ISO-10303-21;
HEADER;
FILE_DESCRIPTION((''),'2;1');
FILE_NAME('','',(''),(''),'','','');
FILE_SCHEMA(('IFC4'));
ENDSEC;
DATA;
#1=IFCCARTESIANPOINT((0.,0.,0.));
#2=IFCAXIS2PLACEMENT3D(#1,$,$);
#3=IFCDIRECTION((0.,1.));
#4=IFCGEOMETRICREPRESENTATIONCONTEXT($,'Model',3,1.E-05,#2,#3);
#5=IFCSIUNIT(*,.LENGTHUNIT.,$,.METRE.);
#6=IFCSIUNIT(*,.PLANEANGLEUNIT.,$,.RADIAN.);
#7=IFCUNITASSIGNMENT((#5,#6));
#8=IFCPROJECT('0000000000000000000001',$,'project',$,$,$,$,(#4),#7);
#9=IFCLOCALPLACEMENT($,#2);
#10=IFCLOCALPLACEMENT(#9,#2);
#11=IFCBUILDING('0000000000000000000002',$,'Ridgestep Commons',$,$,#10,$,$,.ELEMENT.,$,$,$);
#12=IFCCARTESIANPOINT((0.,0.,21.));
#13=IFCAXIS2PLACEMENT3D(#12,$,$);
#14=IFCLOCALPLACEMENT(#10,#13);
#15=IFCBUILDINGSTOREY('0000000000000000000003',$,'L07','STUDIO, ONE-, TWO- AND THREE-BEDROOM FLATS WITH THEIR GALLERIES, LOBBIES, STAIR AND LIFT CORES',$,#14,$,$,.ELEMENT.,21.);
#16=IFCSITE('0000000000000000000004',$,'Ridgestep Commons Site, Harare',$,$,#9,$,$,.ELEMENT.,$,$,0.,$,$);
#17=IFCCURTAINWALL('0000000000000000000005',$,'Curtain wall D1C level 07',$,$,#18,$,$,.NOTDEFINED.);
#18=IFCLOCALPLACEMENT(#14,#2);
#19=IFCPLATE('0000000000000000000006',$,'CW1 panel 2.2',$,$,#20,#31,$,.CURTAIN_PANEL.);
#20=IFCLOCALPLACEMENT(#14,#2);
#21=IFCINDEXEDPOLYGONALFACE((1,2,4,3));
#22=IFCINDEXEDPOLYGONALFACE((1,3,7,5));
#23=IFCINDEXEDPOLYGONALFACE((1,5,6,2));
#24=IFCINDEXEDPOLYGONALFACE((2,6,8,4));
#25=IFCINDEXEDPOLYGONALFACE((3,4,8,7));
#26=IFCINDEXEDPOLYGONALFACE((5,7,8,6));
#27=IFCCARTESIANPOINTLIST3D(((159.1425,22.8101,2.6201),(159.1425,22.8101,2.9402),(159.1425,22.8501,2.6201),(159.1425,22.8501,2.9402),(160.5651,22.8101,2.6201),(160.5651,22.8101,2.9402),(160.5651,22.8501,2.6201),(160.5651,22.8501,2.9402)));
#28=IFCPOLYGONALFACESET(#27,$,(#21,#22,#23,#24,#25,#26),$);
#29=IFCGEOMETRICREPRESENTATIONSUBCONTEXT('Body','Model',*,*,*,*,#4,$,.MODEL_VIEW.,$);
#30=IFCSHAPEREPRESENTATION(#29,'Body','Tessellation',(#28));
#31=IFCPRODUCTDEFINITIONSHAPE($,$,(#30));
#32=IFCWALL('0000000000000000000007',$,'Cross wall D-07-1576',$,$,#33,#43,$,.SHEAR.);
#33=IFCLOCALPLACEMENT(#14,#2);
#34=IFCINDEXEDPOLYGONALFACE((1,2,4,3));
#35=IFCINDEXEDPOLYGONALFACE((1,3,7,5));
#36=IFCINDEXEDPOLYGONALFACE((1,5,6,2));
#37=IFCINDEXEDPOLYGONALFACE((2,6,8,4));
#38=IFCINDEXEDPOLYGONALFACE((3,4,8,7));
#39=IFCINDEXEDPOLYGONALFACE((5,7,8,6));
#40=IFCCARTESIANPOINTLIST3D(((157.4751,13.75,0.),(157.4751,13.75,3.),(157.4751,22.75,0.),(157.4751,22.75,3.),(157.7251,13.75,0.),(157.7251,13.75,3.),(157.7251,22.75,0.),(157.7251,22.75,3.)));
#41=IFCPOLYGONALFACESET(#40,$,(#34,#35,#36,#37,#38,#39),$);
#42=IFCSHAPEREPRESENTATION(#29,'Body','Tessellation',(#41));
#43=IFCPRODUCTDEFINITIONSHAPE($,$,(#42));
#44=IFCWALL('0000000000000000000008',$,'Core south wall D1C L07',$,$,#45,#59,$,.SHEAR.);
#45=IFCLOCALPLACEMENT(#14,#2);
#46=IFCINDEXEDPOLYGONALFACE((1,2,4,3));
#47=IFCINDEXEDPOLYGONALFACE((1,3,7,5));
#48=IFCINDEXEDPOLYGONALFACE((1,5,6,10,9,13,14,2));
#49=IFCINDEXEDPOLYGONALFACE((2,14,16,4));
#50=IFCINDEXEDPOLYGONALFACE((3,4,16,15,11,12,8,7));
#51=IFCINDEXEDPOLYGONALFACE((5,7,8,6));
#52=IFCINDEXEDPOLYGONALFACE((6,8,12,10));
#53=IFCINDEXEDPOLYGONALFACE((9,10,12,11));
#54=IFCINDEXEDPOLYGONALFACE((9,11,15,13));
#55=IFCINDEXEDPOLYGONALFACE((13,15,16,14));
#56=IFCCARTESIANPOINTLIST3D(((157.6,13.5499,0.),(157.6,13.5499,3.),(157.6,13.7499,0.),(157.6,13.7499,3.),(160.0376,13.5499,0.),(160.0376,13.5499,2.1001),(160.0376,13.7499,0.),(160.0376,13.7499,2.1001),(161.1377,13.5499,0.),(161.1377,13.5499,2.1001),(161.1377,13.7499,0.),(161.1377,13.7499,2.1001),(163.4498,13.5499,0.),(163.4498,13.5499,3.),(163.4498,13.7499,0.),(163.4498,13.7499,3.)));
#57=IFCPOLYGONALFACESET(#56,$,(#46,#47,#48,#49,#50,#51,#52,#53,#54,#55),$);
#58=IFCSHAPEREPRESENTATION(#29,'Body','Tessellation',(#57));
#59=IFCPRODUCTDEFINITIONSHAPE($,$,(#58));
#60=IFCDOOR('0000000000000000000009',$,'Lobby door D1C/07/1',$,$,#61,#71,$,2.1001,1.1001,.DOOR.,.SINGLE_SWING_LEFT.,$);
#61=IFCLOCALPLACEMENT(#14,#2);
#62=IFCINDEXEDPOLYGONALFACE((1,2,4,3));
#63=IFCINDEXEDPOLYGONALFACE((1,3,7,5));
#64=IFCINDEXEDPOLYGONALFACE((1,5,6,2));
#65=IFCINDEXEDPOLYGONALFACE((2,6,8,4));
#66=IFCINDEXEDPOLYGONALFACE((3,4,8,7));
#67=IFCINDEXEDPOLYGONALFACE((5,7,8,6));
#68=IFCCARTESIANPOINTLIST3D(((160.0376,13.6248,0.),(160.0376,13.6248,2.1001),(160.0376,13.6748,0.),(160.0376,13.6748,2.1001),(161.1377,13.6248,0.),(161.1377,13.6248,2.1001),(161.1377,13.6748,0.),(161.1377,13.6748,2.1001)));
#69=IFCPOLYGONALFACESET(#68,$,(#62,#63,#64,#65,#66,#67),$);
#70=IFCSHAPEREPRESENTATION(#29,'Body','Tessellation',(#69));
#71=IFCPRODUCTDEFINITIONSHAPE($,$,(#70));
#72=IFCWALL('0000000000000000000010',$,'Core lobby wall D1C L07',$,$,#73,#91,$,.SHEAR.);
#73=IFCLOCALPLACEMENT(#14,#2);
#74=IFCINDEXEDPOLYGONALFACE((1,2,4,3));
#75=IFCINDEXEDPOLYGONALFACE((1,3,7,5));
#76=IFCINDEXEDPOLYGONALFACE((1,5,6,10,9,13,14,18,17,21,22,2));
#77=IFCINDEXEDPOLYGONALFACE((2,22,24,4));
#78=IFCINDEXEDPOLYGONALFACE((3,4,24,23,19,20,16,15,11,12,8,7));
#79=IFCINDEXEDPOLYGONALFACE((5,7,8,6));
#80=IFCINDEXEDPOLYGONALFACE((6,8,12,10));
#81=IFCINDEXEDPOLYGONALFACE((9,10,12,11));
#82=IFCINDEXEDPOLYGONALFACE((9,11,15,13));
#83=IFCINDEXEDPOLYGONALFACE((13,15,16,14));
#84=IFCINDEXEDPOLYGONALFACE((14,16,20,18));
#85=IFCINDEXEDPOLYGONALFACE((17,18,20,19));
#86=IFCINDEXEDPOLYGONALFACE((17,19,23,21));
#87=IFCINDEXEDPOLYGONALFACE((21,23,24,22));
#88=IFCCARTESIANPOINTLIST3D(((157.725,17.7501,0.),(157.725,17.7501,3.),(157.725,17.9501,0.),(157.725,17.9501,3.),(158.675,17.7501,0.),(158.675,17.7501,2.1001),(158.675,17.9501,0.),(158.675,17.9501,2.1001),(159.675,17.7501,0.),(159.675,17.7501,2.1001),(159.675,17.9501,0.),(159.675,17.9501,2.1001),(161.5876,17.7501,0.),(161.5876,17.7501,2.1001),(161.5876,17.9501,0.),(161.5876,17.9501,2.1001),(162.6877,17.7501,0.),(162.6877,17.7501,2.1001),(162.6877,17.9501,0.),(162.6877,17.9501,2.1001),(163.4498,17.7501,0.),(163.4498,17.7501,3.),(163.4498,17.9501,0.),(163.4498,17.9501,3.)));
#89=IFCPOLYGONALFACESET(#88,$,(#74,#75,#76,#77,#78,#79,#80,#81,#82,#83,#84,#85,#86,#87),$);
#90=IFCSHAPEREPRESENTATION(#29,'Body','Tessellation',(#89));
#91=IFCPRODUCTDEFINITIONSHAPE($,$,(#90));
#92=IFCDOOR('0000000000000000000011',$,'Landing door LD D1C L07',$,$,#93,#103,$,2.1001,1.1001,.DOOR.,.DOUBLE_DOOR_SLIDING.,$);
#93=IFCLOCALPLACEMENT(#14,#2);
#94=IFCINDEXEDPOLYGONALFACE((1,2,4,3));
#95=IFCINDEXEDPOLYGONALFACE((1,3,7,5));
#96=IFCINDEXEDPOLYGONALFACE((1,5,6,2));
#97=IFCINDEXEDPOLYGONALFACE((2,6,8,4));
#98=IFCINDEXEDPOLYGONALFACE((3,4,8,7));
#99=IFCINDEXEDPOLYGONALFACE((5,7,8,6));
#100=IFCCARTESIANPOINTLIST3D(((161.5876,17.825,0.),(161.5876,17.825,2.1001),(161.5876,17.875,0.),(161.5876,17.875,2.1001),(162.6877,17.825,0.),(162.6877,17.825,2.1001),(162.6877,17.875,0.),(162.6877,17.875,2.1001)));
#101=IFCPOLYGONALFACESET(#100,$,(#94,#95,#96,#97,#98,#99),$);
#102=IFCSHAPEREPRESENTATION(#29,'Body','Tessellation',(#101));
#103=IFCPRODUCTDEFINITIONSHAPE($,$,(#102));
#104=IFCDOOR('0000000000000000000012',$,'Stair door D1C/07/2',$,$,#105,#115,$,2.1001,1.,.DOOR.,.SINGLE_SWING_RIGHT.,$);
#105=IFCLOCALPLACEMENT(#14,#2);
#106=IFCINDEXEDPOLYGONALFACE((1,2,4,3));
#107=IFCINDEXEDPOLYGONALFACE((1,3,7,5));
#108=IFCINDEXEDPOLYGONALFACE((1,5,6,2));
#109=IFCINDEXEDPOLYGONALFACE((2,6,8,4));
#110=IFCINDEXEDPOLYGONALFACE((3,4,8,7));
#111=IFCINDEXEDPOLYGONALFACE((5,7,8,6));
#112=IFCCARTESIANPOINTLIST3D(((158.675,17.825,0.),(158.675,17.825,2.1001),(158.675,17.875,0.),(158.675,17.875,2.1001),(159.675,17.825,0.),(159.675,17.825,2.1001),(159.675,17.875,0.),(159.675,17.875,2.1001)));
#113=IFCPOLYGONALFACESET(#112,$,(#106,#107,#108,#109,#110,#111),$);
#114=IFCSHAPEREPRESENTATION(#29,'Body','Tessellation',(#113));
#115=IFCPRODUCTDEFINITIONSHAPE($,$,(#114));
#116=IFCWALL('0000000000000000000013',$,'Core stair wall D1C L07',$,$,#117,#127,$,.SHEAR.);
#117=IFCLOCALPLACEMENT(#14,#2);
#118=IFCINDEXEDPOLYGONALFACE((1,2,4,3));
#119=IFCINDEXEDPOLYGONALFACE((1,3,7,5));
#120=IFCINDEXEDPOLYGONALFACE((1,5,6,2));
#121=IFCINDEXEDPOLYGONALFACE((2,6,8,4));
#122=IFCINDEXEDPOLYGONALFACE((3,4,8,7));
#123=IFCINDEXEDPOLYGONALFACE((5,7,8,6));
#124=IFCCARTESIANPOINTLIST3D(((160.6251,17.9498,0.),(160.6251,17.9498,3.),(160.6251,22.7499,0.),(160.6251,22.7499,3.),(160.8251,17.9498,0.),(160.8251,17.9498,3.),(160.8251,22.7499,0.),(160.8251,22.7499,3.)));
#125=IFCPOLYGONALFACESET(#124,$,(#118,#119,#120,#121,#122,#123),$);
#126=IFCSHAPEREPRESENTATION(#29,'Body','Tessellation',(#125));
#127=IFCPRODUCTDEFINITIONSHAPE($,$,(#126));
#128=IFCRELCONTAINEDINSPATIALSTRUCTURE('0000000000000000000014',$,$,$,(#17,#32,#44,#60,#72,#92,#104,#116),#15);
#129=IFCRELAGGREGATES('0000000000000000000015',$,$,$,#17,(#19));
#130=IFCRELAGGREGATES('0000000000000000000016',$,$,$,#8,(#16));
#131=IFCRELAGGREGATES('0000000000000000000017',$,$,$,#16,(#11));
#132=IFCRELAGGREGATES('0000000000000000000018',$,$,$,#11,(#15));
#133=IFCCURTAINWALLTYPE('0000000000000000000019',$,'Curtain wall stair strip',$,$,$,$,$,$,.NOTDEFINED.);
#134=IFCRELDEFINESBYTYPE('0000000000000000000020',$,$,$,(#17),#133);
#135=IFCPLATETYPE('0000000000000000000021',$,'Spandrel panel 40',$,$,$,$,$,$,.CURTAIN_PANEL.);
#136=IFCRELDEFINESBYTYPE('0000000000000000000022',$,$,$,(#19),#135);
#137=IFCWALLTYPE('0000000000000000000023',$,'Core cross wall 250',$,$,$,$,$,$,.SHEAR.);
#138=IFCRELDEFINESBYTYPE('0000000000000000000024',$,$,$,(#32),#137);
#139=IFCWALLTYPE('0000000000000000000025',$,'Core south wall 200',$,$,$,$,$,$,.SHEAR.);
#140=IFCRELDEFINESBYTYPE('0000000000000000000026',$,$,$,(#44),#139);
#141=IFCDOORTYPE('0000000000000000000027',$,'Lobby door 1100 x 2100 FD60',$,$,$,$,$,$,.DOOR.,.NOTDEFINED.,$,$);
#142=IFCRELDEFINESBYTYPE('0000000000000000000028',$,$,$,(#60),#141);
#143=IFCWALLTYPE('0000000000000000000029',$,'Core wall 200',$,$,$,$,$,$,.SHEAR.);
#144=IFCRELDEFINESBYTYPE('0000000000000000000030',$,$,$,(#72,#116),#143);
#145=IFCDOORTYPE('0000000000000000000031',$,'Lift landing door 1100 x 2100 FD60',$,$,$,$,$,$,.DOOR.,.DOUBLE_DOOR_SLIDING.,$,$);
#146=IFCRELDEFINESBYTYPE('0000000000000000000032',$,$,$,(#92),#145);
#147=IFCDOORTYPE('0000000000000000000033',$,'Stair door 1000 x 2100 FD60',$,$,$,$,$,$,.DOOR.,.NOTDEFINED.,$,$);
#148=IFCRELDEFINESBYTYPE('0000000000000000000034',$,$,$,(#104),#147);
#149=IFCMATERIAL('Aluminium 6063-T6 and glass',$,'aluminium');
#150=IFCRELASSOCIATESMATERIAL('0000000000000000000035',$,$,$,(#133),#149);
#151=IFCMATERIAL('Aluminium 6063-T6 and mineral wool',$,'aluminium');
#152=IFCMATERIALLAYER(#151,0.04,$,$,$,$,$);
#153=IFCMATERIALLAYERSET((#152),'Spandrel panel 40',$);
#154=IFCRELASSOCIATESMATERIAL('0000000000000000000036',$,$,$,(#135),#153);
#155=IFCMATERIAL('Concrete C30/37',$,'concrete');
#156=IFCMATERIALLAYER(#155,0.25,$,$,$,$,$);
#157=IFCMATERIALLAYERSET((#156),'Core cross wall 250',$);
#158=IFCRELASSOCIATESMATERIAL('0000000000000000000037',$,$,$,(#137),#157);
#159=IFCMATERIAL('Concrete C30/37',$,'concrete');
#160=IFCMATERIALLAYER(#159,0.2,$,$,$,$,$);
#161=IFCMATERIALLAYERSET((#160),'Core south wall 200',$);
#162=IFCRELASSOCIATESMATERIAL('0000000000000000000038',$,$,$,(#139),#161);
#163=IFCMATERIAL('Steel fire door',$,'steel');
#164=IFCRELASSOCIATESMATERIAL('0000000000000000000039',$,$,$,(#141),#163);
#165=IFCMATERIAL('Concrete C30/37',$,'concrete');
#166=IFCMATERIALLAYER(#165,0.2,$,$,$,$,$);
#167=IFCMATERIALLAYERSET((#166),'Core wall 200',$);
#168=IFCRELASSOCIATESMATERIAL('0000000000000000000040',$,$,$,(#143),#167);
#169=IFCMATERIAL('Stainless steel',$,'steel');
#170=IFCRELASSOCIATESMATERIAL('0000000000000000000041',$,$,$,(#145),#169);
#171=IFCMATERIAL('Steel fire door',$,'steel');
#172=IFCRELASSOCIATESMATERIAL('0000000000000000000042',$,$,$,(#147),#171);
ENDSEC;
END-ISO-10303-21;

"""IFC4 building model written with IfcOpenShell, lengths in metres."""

from ifc_helpers import new_model, si_unit, direction, frame, frame_2d, origin, origin_2d, place, context, subcontext, project, spatial, rectangle, extrude, material, layer, layer_set, type_object, element, fill, aggregate, save


model = new_model("IFC4")

# Units and contexts
model_context = context("Model", 3, precision=1e-05, world=origin(), true_north=direction((0.0, 1.0)))
body_context = subcontext(model_context, "Body", "Model", "MODEL_VIEW")
ifc_project = project(units=[si_unit("LENGTHUNIT", "METRE"), si_unit("PLANEANGLEUNIT", "RADIAN")], contexts=[model_context])

# Site, building, storey
site_placement = place(None, origin())
site = spatial("IfcSite", under=ifc_project, at=site_placement, Name="Ridgestep Commons Site, Harare", CompositionType="ELEMENT", RefElevation=0.0)
building_placement = place(site_placement, origin())
building = spatial("IfcBuilding", under=site, at=building_placement, Name="Ridgestep Commons", CompositionType="ELEMENT")
storey_placement = place(building_placement, frame((0.0, 0.0, 21.0)))
storey = spatial("IfcBuildingStorey", under=building, at=storey_placement, Name="L07", Description="STUDIO, ONE-, TWO- AND THREE-BEDROOM FLATS WITH THEIR GALLERIES, LOBBIES, STAIR AND LIFT CORES", CompositionType="ELEMENT", Elevation=21.0)

# Curtain wall, plate
ifc_material_1 = material(Name="Aluminium 6063-T6 and glass", Category="aluminium")
curtain_wall_type = type_object("IfcCurtainWallType", Name="Curtain wall stair strip", PredefinedType="NOTDEFINED", material=ifc_material_1)
curtain_wall_placement = place(storey_placement, origin())
curtain_wall = element("IfcCurtainWall", 1, at=curtain_wall_placement, inside=storey, type_object=curtain_wall_type, Name="Curtain wall D1C level 07", PredefinedType="NOTDEFINED")
ifc_material_2 = material(Name="Aluminium 6063-T6 and mineral wool", Category="aluminium")
ifc_layer_1 = layer(ifc_material_2, 0.04)
ifc_layer_set_1 = layer_set([ifc_layer_1], Name="Spandrel panel 40")
plate_type_1 = type_object("IfcPlateType", Name="Spandrel panel 40", PredefinedType="CURTAIN_PANEL", material=ifc_layer_set_1)
plate_1_placement = place(storey_placement, frame((159.8538, 22.8301, 2.6201), z_axis=(0.0, 0.0, 1.0), x_axis=(1.0, 0.0, 0.0)))
plate_1 = element("IfcPlate", 2, at=plate_1_placement, type_object=plate_type_1, Name="CW1 panel 2.2", PredefinedType="CURTAIN_PANEL", context=body_context, shape_type="SweptSolid", body=[
    extrude(rectangle(XDim=1.4226, YDim=0.04, at=origin_2d()), origin(), (0.0, 0.0, 1.0), 0.3201),
])
aggregate(curtain_wall, [plate_1])

# Wall
ifc_material_3 = material(Name="Concrete C30/37", Category="concrete")
ifc_layer_2 = layer(ifc_material_3, 0.25)
ifc_layer_set_2 = layer_set([ifc_layer_2], Name="Core cross wall 250")
wall_type_1 = type_object("IfcWallType", Name="Core cross wall 250", PredefinedType="SHEAR", material=ifc_layer_set_2)
wall_1_placement = place(storey_placement, frame((157.6001, 13.75, 0.0), z_axis=(0.0, 0.0, 1.0), x_axis=(0.0, 1.0, 0.0)))
element("IfcWall", 3, at=wall_1_placement, inside=storey, type_object=wall_type_1, Name="Cross wall D-07-1576", PredefinedType="SHEAR", context=body_context, shape_type="SweptSolid", body=[
    extrude(rectangle(XDim=9.0, YDim=0.25, at=frame_2d((4.5, 0.0))), origin(), (0.0, 0.0, 1.0), 3.0),
])

# Wall, opening, door
ifc_material_4 = material(Name="Concrete C30/37", Category="concrete")
ifc_layer_3 = layer(ifc_material_4, 0.2)
ifc_layer_set_3 = layer_set([ifc_layer_3], Name="Core south wall 200")
wall_type_2 = type_object("IfcWallType", Name="Core south wall 200", PredefinedType="SHEAR", material=ifc_layer_set_3)
wall_2_placement = place(storey_placement, frame((157.6001, 13.6499, 0.0), z_axis=(0.0, 0.0, 1.0), x_axis=(1.0, 0.0, 0.0)))
wall_2 = element("IfcWall", 4, at=wall_2_placement, inside=storey, type_object=wall_type_2, Name="Core south wall D1C L07", PredefinedType="SHEAR", context=body_context, shape_type="SweptSolid", body=[
    extrude(rectangle(XDim=5.8499, YDim=0.2, at=frame_2d((2.9248, 0.0))), origin(), (0.0, 0.0, 1.0), 3.0),
])
opening_1_placement = place(wall_2_placement, frame((2.4375, 0.0, 0.0)))
opening_1 = element("IfcOpeningElement", 5, at=opening_1_placement, cuts=wall_2, PredefinedType="OPENING", context=body_context, shape_type="SweptSolid", body=[
    extrude(rectangle(XDim=1.1001, YDim=2.1001, at=frame_2d((0.55, 1.05))), frame((0.0, 0.1099, 0.0), z_axis=(0.0, -1.0, 0.0), x_axis=(1.0, 0.0, 0.0)), (0.0, 0.0, 1.0), 0.22),
])
ifc_material_5 = material(Name="Steel fire door", Category="steel")
door_type_1 = type_object("IfcDoorType", Name="Lobby door 1100 x 2100 FD60", OperationType="NOTDEFINED", PredefinedType="DOOR", material=ifc_material_5)
door_1_placement = place(opening_1_placement, origin())
door_1 = element("IfcDoor", 6, at=door_1_placement, inside=storey, type_object=door_type_1, Name="Lobby door D1C/07/1", OperationType="SINGLE_SWING_LEFT", OverallHeight=2.1001, OverallWidth=1.1001, PredefinedType="DOOR", context=body_context, shape_type="SweptSolid", body=[
    extrude(rectangle(XDim=1.1001, YDim=2.1001, at=frame_2d((0.55, 1.05))), frame((0.0, 0.0249, 0.0), z_axis=(0.0, -1.0, 0.0), x_axis=(1.0, 0.0, 0.0)), (0.0, 0.0, 1.0), 0.05),
])
fill(opening_1, door_1)

# Wall, openings, doors
ifc_material_6 = material(Name="Concrete C30/37", Category="concrete")
ifc_layer_4 = layer(ifc_material_6, 0.2)
ifc_layer_set_4 = layer_set([ifc_layer_4], Name="Core wall 200")
wall_type_3 = type_object("IfcWallType", Name="Core wall 200", PredefinedType="SHEAR", material=ifc_layer_set_4)
wall_3_placement = place(storey_placement, frame((157.7251, 17.8501, 0.0), z_axis=(0.0, 0.0, 1.0), x_axis=(1.0, 0.0, 0.0)))
wall_3 = element("IfcWall", 7, at=wall_3_placement, inside=storey, type_object=wall_type_3, Name="Core lobby wall D1C L07", PredefinedType="SHEAR", context=body_context, shape_type="SweptSolid", body=[
    extrude(rectangle(XDim=5.7249, YDim=0.2, at=frame_2d((2.8623, 0.0))), origin(), (0.0, 0.0, 1.0), 3.0),
])
opening_2_placement = place(wall_3_placement, frame((0.95, 0.0, 0.0)))
opening_2 = element("IfcOpeningElement", 8, at=opening_2_placement, cuts=wall_3, PredefinedType="OPENING", context=body_context, shape_type="SweptSolid", body=[
    extrude(rectangle(XDim=1.0, YDim=2.1001, at=frame_2d((0.5, 1.05))), frame((0.0, 0.1099, 0.0), z_axis=(0.0, -1.0, 0.0), x_axis=(1.0, 0.0, 0.0)), (0.0, 0.0, 1.0), 0.22),
])
opening_3_placement = place(wall_3_placement, frame((3.8625, 0.0, 0.0)))
opening_3 = element("IfcOpeningElement", 9, at=opening_3_placement, cuts=wall_3, PredefinedType="OPENING", context=body_context, shape_type="SweptSolid", body=[
    extrude(rectangle(XDim=1.1001, YDim=2.1001, at=frame_2d((0.55, 1.05))), frame((0.0, 0.1099, 0.0), z_axis=(0.0, -1.0, 0.0), x_axis=(1.0, 0.0, 0.0)), (0.0, 0.0, 1.0), 0.22),
])
ifc_material_7 = material(Name="Stainless steel", Category="steel")
door_type_2 = type_object("IfcDoorType", Name="Lift landing door 1100 x 2100 FD60", OperationType="DOUBLE_DOOR_SLIDING", PredefinedType="DOOR", material=ifc_material_7)
door_2_placement = place(opening_3_placement, origin())
door_2 = element("IfcDoor", 10, at=door_2_placement, inside=storey, type_object=door_type_2, Name="Landing door LD D1C L07", OperationType="DOUBLE_DOOR_SLIDING", OverallHeight=2.1001, OverallWidth=1.1001, PredefinedType="DOOR", context=body_context, shape_type="SweptSolid", body=[
    extrude(rectangle(XDim=1.1001, YDim=2.1001, at=frame_2d((0.55, 1.05))), frame((0.0, 0.0249, 0.0), z_axis=(0.0, -1.0, 0.0), x_axis=(1.0, 0.0, 0.0)), (0.0, 0.0, 1.0), 0.05),
])
fill(opening_3, door_2)
ifc_material_8 = material(Name="Steel fire door", Category="steel")
door_type_3 = type_object("IfcDoorType", Name="Stair door 1000 x 2100 FD60", OperationType="NOTDEFINED", PredefinedType="DOOR", material=ifc_material_8)
door_3_placement = place(opening_2_placement, origin())
door_3 = element("IfcDoor", 11, at=door_3_placement, inside=storey, type_object=door_type_3, Name="Stair door D1C/07/2", OperationType="SINGLE_SWING_RIGHT", OverallHeight=2.1001, OverallWidth=1.0, PredefinedType="DOOR", context=body_context, shape_type="SweptSolid", body=[
    extrude(rectangle(XDim=1.0, YDim=2.1001, at=frame_2d((0.5, 1.05))), frame((0.0, 0.0249, 0.0), z_axis=(0.0, -1.0, 0.0), x_axis=(1.0, 0.0, 0.0)), (0.0, 0.0, 1.0), 0.05),
])
fill(opening_2, door_3)

# Wall
wall_4_placement = place(storey_placement, frame((160.7251, 17.95, 0.0), z_axis=(0.0, 0.0, 1.0), x_axis=(0.0, 1.0, 0.0)))
element("IfcWall", 12, at=wall_4_placement, inside=storey, type_object=wall_type_3, Name="Core stair wall D1C L07", PredefinedType="SHEAR", context=body_context, shape_type="SweptSolid", body=[
    extrude(rectangle(XDim=4.8, YDim=0.2, at=frame_2d((2.3999, 0.0))), origin(), (0.0, 0.0, 1.0), 3.0),
])

save(model, "model.ifc")
